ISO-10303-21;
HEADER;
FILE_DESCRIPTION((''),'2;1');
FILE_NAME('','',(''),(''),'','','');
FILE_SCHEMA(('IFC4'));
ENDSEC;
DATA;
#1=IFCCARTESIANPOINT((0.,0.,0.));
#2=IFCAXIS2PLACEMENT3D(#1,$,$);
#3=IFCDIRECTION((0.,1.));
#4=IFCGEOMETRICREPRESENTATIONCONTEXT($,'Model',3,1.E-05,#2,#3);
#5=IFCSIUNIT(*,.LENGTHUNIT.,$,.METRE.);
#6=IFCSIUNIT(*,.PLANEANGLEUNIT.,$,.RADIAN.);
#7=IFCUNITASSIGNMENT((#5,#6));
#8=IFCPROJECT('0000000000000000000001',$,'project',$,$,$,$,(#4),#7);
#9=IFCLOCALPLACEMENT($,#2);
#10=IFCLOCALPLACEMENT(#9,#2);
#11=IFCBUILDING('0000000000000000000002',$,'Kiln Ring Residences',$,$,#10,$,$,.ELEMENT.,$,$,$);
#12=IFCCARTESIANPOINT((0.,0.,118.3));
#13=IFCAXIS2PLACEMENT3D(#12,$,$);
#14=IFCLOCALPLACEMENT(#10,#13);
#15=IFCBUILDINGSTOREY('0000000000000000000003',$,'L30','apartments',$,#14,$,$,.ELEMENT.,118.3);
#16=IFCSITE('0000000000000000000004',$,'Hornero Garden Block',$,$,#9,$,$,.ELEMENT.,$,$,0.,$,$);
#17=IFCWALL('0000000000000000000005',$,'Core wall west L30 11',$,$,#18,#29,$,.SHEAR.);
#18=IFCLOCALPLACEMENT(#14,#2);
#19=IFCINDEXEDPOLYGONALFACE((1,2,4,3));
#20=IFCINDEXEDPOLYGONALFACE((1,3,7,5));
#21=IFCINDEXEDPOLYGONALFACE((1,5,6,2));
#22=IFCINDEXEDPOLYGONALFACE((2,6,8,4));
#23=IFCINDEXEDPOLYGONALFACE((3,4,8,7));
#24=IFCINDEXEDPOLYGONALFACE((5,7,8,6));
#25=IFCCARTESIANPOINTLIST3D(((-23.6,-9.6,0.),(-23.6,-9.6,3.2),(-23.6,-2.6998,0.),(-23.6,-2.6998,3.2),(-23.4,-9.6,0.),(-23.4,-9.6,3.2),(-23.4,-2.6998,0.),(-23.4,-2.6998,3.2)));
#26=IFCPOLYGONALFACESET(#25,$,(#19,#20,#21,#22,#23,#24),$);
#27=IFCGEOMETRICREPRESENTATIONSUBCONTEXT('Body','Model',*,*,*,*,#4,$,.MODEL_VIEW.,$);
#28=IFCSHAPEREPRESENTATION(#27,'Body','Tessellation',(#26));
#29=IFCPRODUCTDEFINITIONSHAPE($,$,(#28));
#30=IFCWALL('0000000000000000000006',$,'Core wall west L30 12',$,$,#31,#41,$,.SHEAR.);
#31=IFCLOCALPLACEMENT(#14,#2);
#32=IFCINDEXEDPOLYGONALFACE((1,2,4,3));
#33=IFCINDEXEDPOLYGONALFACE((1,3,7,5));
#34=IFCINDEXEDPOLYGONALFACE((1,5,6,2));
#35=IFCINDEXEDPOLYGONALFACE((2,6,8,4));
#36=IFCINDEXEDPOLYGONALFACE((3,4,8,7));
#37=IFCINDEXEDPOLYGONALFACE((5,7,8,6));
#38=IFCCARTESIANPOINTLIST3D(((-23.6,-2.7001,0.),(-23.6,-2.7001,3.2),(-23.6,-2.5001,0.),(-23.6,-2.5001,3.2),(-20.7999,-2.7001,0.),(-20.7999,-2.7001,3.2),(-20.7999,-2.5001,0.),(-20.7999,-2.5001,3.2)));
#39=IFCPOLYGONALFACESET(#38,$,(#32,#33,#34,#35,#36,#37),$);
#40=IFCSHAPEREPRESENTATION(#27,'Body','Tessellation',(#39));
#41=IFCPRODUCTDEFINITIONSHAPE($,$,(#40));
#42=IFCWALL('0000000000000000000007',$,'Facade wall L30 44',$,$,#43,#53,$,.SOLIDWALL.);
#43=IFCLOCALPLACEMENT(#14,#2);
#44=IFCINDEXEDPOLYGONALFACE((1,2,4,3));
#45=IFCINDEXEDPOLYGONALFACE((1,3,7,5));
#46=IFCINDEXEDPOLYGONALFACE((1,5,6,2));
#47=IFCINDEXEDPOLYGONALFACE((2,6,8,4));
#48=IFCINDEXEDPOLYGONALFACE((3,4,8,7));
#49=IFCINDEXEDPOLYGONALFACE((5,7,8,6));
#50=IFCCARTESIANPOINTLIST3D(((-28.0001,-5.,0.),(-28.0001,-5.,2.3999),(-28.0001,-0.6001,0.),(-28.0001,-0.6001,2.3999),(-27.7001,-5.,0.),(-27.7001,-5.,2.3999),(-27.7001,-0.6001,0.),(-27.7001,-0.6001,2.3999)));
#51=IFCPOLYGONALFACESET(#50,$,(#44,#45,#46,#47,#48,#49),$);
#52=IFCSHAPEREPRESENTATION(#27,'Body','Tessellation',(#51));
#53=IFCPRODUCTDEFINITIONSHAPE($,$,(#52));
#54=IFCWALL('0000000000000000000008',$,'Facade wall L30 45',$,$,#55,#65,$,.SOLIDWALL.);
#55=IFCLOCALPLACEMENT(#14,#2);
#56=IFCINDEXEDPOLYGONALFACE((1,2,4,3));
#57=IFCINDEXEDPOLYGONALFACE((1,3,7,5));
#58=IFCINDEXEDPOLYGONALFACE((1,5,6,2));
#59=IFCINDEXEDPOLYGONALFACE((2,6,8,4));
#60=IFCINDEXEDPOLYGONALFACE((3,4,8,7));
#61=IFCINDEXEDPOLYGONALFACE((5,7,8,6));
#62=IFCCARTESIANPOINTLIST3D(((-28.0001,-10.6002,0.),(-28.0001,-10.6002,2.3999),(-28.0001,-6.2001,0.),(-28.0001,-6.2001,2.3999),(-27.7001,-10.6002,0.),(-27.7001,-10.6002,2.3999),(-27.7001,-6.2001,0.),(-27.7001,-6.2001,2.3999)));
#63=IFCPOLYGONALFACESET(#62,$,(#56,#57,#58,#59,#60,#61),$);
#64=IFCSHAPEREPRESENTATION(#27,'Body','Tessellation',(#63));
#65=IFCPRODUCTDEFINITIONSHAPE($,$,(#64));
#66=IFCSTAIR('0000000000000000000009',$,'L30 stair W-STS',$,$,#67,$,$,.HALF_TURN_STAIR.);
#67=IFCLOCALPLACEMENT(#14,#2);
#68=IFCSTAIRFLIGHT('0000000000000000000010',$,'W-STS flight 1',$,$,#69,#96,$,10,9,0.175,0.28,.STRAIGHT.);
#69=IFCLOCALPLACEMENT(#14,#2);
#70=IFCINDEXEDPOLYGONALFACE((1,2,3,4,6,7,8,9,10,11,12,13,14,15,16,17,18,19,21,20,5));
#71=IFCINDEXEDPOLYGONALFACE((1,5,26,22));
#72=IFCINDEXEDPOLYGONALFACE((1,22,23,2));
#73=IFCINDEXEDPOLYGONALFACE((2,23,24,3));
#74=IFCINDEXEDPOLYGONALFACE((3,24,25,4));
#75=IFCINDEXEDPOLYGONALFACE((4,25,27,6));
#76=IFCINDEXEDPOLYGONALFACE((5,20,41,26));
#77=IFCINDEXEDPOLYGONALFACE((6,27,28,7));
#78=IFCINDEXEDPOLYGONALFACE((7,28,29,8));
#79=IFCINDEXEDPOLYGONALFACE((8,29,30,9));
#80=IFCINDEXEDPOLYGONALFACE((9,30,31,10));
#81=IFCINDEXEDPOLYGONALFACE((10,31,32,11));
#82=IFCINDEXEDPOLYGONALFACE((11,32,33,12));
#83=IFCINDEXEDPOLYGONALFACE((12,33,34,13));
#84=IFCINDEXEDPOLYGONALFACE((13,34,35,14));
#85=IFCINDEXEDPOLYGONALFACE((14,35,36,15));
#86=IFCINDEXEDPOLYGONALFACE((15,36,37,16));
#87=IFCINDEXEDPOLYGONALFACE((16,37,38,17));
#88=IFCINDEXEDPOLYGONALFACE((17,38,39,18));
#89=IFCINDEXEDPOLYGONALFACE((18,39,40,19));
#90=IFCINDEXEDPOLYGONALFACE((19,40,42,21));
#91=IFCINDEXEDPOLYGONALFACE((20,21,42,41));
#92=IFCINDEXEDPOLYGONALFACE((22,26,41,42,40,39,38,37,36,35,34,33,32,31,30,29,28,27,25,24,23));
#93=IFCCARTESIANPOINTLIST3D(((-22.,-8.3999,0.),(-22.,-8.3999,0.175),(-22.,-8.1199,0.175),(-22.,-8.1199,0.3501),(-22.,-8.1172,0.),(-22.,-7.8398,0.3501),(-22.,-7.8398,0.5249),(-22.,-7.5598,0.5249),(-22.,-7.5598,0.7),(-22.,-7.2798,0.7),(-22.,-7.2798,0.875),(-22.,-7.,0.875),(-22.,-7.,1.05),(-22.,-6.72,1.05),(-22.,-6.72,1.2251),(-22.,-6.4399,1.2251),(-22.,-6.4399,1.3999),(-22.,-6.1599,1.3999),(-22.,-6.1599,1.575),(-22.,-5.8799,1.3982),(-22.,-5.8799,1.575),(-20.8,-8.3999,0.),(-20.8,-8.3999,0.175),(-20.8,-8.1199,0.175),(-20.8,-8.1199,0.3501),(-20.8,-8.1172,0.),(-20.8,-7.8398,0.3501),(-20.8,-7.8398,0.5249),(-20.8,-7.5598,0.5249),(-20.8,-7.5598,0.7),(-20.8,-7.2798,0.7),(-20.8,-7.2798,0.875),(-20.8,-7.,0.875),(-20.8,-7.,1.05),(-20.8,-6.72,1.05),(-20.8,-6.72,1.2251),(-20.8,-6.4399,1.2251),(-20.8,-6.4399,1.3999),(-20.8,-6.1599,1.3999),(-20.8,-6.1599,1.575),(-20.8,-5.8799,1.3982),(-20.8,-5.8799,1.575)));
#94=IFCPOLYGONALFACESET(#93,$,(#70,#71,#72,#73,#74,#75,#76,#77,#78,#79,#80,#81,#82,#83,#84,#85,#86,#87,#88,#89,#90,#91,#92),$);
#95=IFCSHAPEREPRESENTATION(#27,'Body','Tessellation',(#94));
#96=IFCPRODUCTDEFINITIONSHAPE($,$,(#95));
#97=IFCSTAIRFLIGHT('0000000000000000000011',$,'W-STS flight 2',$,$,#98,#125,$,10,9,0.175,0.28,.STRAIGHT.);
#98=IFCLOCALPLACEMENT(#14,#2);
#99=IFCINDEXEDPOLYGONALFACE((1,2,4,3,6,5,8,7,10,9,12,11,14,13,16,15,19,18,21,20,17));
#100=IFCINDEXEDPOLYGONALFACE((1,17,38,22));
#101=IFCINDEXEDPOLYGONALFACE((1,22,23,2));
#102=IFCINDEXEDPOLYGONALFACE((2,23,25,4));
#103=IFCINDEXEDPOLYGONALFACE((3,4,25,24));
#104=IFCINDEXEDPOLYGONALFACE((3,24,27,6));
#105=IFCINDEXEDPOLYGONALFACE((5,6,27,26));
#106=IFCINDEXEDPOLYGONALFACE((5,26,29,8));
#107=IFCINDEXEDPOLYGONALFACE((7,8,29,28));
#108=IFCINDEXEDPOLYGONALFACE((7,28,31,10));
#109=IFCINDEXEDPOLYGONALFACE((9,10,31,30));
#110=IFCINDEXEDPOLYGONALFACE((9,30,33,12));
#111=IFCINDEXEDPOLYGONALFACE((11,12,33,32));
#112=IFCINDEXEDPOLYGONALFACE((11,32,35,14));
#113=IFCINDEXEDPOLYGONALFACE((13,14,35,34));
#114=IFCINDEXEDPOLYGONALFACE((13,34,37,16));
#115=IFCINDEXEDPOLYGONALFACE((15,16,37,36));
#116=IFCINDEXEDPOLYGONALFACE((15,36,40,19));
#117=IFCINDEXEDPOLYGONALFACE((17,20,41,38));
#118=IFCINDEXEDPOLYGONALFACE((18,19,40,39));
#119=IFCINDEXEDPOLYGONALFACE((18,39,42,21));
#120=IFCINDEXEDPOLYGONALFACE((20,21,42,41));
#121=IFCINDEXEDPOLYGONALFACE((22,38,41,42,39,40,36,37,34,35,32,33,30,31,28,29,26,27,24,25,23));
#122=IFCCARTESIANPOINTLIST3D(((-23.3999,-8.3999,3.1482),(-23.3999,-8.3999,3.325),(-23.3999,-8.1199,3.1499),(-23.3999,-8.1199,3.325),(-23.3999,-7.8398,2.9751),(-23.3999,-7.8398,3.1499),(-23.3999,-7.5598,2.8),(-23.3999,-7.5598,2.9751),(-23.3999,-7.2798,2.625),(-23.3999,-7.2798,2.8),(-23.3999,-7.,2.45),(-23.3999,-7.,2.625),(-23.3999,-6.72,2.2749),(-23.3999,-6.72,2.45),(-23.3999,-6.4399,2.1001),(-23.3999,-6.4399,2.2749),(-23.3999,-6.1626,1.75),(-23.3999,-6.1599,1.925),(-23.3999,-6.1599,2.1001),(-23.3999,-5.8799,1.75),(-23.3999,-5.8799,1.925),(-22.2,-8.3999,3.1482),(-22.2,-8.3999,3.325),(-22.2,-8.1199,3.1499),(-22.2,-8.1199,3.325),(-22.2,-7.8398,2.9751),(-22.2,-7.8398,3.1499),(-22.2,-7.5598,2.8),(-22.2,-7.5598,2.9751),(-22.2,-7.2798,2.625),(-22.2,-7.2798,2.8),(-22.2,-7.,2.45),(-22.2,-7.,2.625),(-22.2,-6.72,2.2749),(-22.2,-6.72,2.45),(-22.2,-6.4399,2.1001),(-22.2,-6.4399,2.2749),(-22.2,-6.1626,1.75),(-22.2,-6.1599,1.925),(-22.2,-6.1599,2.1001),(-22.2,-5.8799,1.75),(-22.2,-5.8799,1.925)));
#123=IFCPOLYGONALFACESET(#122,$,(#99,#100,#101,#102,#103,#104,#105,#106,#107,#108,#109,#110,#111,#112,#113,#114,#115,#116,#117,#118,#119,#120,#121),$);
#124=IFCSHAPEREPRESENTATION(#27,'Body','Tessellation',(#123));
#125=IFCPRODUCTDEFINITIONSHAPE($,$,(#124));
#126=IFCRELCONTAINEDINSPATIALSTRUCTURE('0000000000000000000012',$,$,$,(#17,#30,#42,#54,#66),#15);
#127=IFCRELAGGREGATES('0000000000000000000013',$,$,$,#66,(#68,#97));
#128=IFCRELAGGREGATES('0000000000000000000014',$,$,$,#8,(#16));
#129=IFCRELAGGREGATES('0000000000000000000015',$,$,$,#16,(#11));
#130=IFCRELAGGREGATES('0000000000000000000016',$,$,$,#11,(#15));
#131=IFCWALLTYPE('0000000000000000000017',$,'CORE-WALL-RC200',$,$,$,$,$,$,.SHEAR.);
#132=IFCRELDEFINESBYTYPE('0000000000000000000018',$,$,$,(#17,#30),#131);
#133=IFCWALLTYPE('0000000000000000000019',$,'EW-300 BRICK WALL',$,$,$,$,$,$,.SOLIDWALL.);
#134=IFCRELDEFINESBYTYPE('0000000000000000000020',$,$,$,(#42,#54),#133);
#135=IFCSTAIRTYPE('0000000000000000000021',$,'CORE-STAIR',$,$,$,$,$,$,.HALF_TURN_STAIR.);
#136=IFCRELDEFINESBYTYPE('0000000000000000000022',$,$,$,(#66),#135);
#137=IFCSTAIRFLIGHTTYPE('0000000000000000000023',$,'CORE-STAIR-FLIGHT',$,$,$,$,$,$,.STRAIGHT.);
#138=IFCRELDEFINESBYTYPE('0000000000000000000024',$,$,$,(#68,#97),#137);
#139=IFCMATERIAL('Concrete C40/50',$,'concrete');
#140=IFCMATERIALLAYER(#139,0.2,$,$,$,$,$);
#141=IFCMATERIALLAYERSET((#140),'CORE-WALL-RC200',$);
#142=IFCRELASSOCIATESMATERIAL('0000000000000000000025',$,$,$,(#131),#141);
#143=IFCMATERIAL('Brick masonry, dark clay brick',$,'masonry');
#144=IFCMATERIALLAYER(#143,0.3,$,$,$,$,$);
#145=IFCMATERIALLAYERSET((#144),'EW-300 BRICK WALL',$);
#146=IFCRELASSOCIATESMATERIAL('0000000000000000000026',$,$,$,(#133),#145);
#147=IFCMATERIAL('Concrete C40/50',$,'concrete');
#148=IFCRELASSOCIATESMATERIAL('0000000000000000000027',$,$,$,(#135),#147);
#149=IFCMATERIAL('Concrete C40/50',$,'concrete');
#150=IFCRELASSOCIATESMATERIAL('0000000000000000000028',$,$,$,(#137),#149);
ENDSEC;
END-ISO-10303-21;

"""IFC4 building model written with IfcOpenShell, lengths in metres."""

from ifc_helpers import new_model, si_unit, direction, frame, frame_2d, origin, place, context, subcontext, project, spatial, polyline, rectangle, outline, extrude, material, layer, layer_set, type_object, element, aggregate, save


model = new_model("IFC4")

# Units and contexts
model_context = context("Model", 3, precision=1e-05, world=origin(), true_north=direction((0.0, 1.0)))
body_context = subcontext(model_context, "Body", "Model", "MODEL_VIEW")
ifc_project = project(units=[si_unit("LENGTHUNIT", "METRE"), si_unit("PLANEANGLEUNIT", "RADIAN")], contexts=[model_context])

# Site, building, storey
site_placement = place(None, origin())
site = spatial("IfcSite", under=ifc_project, at=site_placement, Name="Hornero Garden Block", CompositionType="ELEMENT", RefElevation=0.0)
building_placement = place(site_placement, origin())
building = spatial("IfcBuilding", under=site, at=building_placement, Name="Kiln Ring Residences", CompositionType="ELEMENT")
storey_placement = place(building_placement, frame((0.0, 0.0, 118.3)))
storey = spatial("IfcBuildingStorey", under=building, at=storey_placement, Name="L30", Description="apartments", CompositionType="ELEMENT", Elevation=118.3)

# Shared definitions
ifc_material_1 = material(Name="Concrete C40/50", Category="concrete")
ifc_layer_1 = layer(ifc_material_1, 0.2)
ifc_layer_set_1 = layer_set([ifc_layer_1], Name="CORE-WALL-RC200")
wall_type_1 = type_object("IfcWallType", Name="CORE-WALL-RC200", PredefinedType="SHEAR", material=ifc_layer_set_1)

# Walls
wall_1_placement = place(storey_placement, frame((-23.5, -9.6001, 0.0), z_axis=(0.0, 0.0, 1.0), x_axis=(0.0, 1.0, 0.0)))
element("IfcWall", 1, at=wall_1_placement, inside=storey, type_object=wall_type_1, Name="Core wall west L30 11", PredefinedType="SHEAR", context=body_context, shape_type="SweptSolid", body=[
    extrude(rectangle(XDim=6.9001, YDim=0.2, at=frame_2d((3.4502, 0.0))), origin(), (0.0, 0.0, 1.0), 3.2),
])
wall_2_placement = place(storey_placement, frame((-20.8, -2.6001, 0.0), z_axis=(0.0, 0.0, 1.0), x_axis=(-1.0, 0.0, 0.0)))
element("IfcWall", 2, at=wall_2_placement, inside=storey, type_object=wall_type_1, Name="Core wall west L30 12", PredefinedType="SHEAR", context=body_context, shape_type="SweptSolid", body=[
    extrude(rectangle(XDim=2.8, YDim=0.2, at=frame_2d((1.3999, 0.0))), origin(), (0.0, 0.0, 1.0), 3.2),
])
ifc_material_2 = material(Name="Brick masonry, dark clay brick", Category="masonry")
ifc_layer_2 = layer(ifc_material_2, 0.3)
ifc_layer_set_2 = layer_set([ifc_layer_2], Name="EW-300 BRICK WALL")
wall_type_2 = type_object("IfcWallType", Name="EW-300 BRICK WALL", PredefinedType="SOLIDWALL", material=ifc_layer_set_2)
wall_3_placement = place(storey_placement, frame((-27.8501, -0.6001, 0.0), z_axis=(0.0, 0.0, 1.0), x_axis=(0.0, -1.0, 0.0)))
element("IfcWall", 3, at=wall_3_placement, inside=storey, type_object=wall_type_2, Name="Facade wall L30 44", PredefinedType="SOLIDWALL", context=body_context, shape_type="SweptSolid", body=[
    extrude(rectangle(XDim=4.3999, YDim=0.3, at=frame_2d((2.2, 0.0))), origin(), (0.0, 0.0, 1.0), 2.3999),
])
wall_4_placement = place(storey_placement, frame((-27.8501, -6.2, 0.0), z_axis=(0.0, 0.0, 1.0), x_axis=(0.0, -1.0, 0.0)))
element("IfcWall", 4, at=wall_4_placement, inside=storey, type_object=wall_type_2, Name="Facade wall L30 45", PredefinedType="SOLIDWALL", context=body_context, shape_type="SweptSolid", body=[
    extrude(rectangle(XDim=4.4001, YDim=0.3, at=frame_2d((2.2002, 0.0))), origin(), (0.0, 0.0, 1.0), 2.3999),
])

# Stair, stair flights
ifc_material_3 = material(Name="Concrete C40/50", Category="concrete")
stair_type = type_object("IfcStairType", Name="CORE-STAIR", PredefinedType="HALF_TURN_STAIR", material=ifc_material_3)
stair_placement = place(storey_placement, origin())
stair = element("IfcStair", 5, at=stair_placement, inside=storey, type_object=stair_type, Name="L30 stair W-STS", PredefinedType="HALF_TURN_STAIR")
ifc_material_4 = material(Name="Concrete C40/50", Category="concrete")
stair_flight_type = type_object("IfcStairFlightType", Name="CORE-STAIR-FLIGHT", PredefinedType="STRAIGHT", material=ifc_material_4)
stair_flight_1_placement = place(storey_placement, frame((-21.3999, -8.3999, 0.0), z_axis=(0.0, 0.0, 1.0), x_axis=(0.0, 1.0, 0.0)))
stair_flight_1 = element("IfcStairFlight", 6, at=stair_flight_1_placement, type_object=stair_flight_type, Name="W-STS flight 1", NumberOfRisers=10, NumberOfTreads=9, PredefinedType="STRAIGHT", RiserHeight=0.175, TreadLength=0.28, context=body_context, shape_type="SweptSolid", body=[
    extrude(outline(polyline([(0.0, 0.0), (0.0, 0.175), (0.28, 0.175), (0.28, 0.3501), (0.5601, 0.3501), (0.5601, 0.5249), (0.8401, 0.5249), (0.8401, 0.7), (1.1201, 0.7), (1.1201, 0.875), (1.3999, 0.875), (1.3999, 1.05), (1.6799, 1.05), (1.6799, 1.2251), (1.96, 1.2251), (1.96, 1.3999), (2.24, 1.3999), (2.24, 1.575), (2.52, 1.575), (2.52, 1.75), (2.52, 1.3982), (0.2827, 0.0), (0.0, 0.0)])), frame((0.0, 0.6001, 0.0), z_axis=(0.0, -1.0, 0.0), x_axis=(1.0, 0.0, 0.0)), (0.0, 0.0, 1.0), 1.2),
])
stair_flight_2_placement = place(storey_placement, frame((-22.8, -5.8799, 1.75), z_axis=(0.0, 0.0, 1.0), x_axis=(0.0, -1.0, 0.0)))
stair_flight_2 = element("IfcStairFlight", 7, at=stair_flight_2_placement, type_object=stair_flight_type, Name="W-STS flight 2", NumberOfRisers=10, NumberOfTreads=9, PredefinedType="STRAIGHT", RiserHeight=0.175, TreadLength=0.28, context=body_context, shape_type="SweptSolid", body=[
    extrude(outline(polyline([(0.0, 0.0), (0.0, 0.175), (0.28, 0.175), (0.28, 0.3501), (0.5601, 0.3501), (0.5601, 0.5249), (0.8401, 0.5249), (0.8401, 0.7), (1.1201, 0.7), (1.1201, 0.875), (1.3999, 0.875), (1.3999, 1.05), (1.6799, 1.05), (1.6799, 1.2251), (1.96, 1.2251), (1.96, 1.3999), (2.24, 1.3999), (2.24, 1.575), (2.52, 1.575), (2.52, 1.75), (2.52, 1.3982), (0.2827, 0.0), (0.0, 0.0)])), frame((0.0, 0.6001, 0.0), z_axis=(0.0, -1.0, 0.0), x_axis=(1.0, 0.0, 0.0)), (0.0, 0.0, 1.0), 1.2),
])
aggregate(stair, [stair_flight_1, stair_flight_2])

save(model, "model.ifc")
